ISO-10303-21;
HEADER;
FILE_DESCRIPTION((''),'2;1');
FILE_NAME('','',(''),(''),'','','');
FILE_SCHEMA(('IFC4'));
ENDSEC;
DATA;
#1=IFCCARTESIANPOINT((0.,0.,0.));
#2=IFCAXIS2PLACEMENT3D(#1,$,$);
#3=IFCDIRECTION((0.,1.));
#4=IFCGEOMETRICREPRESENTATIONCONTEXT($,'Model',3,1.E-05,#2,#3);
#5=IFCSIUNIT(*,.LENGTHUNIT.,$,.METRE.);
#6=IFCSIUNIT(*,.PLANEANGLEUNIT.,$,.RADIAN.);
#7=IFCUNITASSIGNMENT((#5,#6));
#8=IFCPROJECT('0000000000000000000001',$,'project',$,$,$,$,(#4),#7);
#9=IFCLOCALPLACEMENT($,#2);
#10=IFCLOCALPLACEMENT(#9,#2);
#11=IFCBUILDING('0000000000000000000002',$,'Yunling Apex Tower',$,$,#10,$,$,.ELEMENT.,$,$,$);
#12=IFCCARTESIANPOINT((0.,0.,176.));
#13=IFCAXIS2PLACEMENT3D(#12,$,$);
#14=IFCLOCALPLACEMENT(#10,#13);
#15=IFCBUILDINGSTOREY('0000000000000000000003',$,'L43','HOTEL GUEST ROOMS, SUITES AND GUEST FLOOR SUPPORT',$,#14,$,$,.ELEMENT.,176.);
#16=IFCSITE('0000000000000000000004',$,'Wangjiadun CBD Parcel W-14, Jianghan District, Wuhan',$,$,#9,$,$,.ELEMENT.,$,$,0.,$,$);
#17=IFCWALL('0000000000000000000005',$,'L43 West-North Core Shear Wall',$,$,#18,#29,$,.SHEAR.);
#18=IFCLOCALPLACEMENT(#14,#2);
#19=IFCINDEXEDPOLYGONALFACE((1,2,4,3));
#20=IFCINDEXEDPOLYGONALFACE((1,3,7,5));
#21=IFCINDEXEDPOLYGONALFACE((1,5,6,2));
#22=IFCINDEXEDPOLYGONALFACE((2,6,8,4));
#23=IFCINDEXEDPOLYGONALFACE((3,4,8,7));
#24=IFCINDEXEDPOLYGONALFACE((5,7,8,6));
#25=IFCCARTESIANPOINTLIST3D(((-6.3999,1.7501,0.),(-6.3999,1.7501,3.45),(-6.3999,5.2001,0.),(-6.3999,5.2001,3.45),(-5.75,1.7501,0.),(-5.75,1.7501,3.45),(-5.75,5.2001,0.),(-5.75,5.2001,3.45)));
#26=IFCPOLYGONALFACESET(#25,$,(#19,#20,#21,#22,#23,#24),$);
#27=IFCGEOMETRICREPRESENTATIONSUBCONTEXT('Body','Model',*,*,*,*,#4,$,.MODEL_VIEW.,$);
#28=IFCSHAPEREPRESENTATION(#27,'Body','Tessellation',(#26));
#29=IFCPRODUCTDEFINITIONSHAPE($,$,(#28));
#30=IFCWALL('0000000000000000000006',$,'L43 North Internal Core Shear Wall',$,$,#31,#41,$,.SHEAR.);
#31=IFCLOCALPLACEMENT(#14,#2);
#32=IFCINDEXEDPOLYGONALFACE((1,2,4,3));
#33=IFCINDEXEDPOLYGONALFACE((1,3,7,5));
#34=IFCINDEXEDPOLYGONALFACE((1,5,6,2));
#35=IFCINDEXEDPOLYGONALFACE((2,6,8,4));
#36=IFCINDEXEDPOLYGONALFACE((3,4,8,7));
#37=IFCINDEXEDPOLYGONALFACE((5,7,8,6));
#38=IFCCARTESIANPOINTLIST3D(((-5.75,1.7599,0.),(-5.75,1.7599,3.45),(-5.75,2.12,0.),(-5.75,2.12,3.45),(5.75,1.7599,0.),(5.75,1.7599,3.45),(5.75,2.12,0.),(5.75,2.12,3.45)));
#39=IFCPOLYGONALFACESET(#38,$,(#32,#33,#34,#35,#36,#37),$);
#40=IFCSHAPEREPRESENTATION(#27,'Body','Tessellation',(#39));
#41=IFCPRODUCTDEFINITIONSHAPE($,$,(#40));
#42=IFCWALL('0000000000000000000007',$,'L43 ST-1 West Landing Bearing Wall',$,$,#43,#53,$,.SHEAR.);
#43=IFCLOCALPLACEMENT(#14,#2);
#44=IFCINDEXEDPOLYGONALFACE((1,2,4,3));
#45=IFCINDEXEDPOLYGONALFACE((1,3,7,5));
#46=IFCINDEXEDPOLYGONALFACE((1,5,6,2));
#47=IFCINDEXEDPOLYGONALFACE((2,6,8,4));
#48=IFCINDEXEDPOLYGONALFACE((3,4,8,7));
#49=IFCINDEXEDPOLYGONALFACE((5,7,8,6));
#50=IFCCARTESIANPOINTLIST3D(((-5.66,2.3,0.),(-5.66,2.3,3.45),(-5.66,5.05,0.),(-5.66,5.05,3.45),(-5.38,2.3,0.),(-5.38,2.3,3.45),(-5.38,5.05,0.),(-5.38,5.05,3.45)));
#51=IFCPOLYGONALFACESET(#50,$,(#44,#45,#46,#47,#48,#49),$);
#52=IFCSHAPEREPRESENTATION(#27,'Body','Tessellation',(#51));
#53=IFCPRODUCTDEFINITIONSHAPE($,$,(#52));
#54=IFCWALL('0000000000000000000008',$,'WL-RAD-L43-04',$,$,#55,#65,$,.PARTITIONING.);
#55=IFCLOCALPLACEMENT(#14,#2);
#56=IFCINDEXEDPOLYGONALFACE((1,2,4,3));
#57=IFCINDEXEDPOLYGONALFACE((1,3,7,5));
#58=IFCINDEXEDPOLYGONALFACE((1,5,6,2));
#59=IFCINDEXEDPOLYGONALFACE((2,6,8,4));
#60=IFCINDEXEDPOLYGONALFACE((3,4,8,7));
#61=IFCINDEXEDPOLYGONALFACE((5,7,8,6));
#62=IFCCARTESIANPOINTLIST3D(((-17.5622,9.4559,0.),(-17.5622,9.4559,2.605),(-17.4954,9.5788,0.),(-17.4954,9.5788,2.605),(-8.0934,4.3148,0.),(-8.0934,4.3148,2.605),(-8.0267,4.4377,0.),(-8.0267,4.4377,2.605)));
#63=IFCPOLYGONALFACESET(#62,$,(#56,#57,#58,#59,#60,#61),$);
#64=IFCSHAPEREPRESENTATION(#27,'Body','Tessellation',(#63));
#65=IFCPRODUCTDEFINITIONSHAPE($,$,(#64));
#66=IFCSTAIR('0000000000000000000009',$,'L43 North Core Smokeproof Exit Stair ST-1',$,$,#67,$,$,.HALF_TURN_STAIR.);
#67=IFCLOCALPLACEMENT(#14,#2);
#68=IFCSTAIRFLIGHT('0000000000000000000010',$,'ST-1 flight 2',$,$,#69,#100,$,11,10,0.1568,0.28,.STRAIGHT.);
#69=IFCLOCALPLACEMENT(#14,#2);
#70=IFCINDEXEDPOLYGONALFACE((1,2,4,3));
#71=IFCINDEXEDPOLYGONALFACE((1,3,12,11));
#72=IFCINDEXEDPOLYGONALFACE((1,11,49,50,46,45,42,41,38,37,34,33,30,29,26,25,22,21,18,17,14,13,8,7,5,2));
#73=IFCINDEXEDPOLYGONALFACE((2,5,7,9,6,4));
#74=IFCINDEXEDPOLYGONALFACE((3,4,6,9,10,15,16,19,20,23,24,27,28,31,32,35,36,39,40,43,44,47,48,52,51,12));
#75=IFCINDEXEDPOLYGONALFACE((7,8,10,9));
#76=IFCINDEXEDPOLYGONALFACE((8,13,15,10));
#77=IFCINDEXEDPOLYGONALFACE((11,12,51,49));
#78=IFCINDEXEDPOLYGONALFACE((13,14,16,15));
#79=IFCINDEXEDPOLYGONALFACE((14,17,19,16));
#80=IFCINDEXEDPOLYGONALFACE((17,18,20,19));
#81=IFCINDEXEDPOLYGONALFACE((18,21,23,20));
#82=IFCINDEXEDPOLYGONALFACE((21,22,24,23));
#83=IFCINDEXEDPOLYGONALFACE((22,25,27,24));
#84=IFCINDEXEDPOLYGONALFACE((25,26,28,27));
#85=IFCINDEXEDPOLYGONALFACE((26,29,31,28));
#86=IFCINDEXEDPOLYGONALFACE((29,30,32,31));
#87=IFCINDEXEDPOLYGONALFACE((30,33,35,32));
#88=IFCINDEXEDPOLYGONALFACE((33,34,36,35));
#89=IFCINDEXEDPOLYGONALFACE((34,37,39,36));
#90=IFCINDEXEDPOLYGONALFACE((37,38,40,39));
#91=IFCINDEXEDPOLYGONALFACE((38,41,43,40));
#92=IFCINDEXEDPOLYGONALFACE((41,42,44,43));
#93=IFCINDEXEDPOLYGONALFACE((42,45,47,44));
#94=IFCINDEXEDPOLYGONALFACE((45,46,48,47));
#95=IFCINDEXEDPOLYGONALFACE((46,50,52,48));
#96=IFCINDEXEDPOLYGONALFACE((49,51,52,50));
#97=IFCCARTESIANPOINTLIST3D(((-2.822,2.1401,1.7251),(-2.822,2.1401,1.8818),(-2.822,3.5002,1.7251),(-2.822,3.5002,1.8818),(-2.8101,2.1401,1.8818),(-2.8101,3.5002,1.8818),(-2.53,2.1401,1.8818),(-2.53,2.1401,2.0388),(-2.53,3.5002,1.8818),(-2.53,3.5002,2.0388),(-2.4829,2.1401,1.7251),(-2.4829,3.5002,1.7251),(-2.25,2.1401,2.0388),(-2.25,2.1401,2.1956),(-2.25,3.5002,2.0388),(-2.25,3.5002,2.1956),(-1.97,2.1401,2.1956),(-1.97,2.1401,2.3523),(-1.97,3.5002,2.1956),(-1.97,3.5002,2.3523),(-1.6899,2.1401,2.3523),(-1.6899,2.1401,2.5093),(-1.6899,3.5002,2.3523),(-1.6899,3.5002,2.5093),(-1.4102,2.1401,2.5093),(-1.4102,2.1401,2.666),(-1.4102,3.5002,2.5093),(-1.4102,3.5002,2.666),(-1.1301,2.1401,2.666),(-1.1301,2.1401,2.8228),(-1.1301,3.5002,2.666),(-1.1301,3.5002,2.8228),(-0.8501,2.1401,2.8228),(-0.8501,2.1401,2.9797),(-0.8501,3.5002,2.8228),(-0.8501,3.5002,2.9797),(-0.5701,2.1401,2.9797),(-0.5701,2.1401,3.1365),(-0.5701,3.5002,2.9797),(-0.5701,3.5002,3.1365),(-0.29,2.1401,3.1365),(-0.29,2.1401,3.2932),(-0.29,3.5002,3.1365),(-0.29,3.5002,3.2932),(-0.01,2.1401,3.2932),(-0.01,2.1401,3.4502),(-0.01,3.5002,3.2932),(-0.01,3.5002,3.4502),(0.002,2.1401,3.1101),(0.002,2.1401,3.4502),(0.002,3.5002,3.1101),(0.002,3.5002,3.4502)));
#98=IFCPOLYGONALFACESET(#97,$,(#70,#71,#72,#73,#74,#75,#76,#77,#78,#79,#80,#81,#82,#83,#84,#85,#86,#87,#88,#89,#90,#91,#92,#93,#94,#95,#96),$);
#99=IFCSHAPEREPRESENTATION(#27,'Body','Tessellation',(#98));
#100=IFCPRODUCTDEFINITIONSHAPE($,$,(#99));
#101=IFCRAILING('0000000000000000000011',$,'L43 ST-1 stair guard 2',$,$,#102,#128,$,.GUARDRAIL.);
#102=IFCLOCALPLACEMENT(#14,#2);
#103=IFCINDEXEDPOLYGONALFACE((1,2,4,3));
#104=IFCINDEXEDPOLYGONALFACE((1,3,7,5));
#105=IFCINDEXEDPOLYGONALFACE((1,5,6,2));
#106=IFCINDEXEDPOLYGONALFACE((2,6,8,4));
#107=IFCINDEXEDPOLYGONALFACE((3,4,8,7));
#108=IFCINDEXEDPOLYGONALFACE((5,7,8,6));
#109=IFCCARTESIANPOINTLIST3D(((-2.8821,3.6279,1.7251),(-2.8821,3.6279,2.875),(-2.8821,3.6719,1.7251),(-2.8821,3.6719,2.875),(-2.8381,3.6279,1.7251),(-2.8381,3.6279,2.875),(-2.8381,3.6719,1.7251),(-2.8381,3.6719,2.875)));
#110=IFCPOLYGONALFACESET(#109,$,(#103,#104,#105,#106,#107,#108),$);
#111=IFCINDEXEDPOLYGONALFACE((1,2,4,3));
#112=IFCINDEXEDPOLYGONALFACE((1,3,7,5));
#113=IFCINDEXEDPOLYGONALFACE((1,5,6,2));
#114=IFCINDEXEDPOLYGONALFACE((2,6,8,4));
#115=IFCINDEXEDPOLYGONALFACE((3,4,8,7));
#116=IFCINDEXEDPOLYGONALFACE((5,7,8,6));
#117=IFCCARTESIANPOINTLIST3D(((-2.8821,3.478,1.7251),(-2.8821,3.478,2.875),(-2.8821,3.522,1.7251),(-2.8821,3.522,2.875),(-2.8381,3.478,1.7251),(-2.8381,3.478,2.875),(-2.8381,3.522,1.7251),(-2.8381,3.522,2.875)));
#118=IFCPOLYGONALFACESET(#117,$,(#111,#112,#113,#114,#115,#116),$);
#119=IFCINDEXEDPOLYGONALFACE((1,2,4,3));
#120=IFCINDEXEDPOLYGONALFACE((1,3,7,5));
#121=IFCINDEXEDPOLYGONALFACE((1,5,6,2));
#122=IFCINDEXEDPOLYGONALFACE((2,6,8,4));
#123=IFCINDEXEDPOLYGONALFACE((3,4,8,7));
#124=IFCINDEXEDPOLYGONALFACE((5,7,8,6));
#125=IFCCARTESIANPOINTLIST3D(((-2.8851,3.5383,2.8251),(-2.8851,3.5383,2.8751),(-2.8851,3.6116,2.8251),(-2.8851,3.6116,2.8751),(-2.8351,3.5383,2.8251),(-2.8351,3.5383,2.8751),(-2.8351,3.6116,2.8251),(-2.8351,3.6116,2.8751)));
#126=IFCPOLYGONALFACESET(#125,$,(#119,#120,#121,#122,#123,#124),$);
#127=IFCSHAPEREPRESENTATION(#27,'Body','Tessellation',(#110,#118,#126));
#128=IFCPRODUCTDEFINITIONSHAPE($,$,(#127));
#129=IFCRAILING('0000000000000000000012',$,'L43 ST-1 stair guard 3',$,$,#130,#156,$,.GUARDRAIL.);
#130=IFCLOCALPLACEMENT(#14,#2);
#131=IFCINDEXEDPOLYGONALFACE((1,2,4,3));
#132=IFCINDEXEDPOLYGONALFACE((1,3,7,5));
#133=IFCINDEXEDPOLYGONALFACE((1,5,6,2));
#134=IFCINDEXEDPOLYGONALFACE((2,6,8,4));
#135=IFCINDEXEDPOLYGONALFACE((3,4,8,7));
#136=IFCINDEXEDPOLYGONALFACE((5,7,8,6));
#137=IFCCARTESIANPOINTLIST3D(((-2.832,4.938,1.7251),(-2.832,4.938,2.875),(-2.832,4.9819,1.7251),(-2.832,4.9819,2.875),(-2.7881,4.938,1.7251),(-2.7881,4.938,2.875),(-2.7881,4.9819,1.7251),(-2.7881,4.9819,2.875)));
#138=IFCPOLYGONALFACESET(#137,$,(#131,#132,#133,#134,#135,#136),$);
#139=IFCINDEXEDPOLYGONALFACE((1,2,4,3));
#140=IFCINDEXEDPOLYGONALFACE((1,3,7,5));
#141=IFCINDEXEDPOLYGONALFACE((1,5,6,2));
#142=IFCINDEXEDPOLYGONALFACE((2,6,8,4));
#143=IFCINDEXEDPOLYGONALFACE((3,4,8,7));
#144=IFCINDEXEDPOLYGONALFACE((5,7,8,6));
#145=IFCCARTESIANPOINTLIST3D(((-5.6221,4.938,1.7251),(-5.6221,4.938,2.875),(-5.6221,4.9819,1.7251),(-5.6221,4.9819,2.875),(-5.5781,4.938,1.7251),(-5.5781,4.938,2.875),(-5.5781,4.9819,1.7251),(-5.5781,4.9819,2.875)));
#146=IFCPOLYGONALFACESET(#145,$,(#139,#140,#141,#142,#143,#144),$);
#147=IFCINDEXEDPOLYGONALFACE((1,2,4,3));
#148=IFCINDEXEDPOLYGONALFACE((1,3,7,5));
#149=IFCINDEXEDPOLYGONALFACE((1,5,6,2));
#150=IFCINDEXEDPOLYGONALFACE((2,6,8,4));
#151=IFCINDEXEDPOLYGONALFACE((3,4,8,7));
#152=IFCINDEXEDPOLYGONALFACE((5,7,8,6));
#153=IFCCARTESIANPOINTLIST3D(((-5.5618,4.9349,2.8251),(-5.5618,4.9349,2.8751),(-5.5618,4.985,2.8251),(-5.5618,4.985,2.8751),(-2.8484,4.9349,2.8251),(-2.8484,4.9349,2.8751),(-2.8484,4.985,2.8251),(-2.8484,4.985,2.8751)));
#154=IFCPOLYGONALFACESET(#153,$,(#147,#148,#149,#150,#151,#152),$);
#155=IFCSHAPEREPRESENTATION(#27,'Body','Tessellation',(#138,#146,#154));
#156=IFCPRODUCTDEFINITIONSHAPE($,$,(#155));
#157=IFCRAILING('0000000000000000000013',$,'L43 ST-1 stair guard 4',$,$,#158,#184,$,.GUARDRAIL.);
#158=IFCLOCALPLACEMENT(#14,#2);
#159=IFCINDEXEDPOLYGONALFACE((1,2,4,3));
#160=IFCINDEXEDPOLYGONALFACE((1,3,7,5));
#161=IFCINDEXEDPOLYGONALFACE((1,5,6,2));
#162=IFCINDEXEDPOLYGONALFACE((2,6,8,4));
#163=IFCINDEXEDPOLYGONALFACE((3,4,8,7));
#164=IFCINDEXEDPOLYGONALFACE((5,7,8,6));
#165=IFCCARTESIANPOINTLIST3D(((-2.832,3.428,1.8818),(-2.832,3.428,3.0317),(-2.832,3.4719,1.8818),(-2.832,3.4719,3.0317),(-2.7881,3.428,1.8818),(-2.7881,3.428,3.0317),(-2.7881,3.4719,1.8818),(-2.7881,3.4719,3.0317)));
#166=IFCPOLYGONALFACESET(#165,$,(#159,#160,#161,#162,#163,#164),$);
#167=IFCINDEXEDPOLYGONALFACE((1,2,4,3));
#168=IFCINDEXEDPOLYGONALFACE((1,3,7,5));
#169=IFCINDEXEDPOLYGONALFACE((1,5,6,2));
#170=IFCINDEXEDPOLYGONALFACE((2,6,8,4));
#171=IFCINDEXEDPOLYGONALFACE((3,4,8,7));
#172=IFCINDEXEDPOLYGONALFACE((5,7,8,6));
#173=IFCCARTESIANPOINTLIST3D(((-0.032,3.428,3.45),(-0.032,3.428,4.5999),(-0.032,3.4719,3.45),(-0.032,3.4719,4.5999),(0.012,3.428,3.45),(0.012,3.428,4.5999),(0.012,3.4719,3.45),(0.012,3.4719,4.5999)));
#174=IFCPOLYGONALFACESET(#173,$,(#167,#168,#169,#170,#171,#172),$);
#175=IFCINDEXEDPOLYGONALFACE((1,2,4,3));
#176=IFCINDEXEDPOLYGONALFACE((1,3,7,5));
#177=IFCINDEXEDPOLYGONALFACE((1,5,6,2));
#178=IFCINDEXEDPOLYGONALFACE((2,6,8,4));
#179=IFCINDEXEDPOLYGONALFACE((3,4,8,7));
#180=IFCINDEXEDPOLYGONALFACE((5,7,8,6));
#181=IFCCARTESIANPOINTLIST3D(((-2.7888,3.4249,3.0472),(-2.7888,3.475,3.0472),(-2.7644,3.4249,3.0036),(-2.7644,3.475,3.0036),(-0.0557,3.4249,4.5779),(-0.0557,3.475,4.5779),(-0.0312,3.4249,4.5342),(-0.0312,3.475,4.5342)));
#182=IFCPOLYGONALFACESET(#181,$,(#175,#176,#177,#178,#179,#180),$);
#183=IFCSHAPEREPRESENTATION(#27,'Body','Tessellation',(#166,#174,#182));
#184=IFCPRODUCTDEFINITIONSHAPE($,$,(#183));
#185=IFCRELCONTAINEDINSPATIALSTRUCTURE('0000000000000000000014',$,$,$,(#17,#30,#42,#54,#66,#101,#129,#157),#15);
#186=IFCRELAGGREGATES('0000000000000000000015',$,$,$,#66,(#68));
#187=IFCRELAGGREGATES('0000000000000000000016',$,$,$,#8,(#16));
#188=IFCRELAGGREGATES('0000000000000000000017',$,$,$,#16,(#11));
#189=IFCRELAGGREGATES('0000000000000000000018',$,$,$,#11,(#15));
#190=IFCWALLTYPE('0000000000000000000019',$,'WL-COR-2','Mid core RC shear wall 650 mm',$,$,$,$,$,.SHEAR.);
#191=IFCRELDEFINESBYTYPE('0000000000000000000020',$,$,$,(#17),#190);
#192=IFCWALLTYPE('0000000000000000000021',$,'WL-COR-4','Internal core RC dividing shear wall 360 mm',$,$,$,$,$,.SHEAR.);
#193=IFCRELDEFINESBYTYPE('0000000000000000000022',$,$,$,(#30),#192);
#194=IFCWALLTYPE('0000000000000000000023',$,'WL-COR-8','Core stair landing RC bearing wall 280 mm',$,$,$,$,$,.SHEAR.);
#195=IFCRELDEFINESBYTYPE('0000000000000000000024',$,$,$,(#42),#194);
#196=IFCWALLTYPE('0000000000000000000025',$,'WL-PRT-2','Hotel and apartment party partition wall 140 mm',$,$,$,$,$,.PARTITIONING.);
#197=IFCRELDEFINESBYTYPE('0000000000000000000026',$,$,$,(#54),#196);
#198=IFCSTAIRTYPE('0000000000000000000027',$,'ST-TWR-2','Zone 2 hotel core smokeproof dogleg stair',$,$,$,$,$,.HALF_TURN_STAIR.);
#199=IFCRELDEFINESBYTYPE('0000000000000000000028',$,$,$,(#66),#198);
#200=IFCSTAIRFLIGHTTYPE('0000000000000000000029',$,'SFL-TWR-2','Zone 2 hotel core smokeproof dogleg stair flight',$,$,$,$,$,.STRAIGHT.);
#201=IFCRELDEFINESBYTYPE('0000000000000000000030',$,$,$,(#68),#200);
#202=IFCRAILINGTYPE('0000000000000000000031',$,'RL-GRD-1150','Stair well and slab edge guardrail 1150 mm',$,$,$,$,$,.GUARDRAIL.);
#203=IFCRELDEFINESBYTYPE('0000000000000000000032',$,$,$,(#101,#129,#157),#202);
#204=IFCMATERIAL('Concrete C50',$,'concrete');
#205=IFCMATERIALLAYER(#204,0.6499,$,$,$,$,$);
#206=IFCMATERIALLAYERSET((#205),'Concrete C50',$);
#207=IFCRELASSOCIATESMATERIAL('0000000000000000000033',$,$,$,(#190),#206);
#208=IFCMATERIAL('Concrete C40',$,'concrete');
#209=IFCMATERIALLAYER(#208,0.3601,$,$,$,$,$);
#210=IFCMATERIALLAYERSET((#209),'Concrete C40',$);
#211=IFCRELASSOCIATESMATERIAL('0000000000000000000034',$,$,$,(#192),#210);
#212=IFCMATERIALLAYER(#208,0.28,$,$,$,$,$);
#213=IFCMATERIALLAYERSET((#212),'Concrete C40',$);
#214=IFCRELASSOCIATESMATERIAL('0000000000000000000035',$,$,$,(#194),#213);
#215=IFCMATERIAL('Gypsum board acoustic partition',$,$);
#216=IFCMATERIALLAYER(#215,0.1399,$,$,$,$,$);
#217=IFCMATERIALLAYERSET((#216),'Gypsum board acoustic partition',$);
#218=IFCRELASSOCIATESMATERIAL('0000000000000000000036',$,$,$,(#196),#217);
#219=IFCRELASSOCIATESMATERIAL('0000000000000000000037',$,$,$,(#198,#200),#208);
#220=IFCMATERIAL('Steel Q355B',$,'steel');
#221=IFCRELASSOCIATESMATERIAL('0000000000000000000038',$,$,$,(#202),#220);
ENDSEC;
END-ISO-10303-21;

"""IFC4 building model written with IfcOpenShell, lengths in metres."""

from ifc_helpers import new_model, si_unit, direction, frame, frame_2d, origin, origin_2d, place, context, subcontext, project, spatial, polyline, rectangle, outline, extrude, material, layer, layer_set, type_object, element, aggregate, save


model = new_model("IFC4")

# Units and contexts
model_context = context("Model", 3, precision=1e-05, world=origin(), true_north=direction((0.0, 1.0)))
body_context = subcontext(model_context, "Body", "Model", "MODEL_VIEW")
ifc_project = project(units=[si_unit("LENGTHUNIT", "METRE"), si_unit("PLANEANGLEUNIT", "RADIAN")], contexts=[model_context])

# Site, building, storey
site_placement = place(None, origin())
site = spatial("IfcSite", under=ifc_project, at=site_placement, Name="Wangjiadun CBD Parcel W-14, Jianghan District, Wuhan", CompositionType="ELEMENT", RefElevation=0.0)
building_placement = place(site_placement, origin())
building = spatial("IfcBuilding", under=site, at=building_placement, Name="Yunling Apex Tower", CompositionType="ELEMENT")
storey_placement = place(building_placement, frame((0.0, 0.0, 176.0)))
storey = spatial("IfcBuildingStorey", under=building, at=storey_placement, Name="L43", Description="HOTEL GUEST ROOMS, SUITES AND GUEST FLOOR SUPPORT", CompositionType="ELEMENT", Elevation=176.0)

# Shared definitions
ifc_material_1 = material(Name="Concrete C50", Category="concrete")

# Shared definitions
ifc_material_2 = material(Name="Steel Q355B", Category="steel")

# Shared definitions
ifc_layer_1 = layer(ifc_material_1, 0.6499)
ifc_layer_set_1 = layer_set([ifc_layer_1], Name="Concrete C50")
wall_type_1 = type_object("IfcWallType", Name="WL-COR-2", Description="Mid core RC shear wall 650 mm", PredefinedType="SHEAR", material=ifc_layer_set_1)

# Walls
wall_1_placement = place(storey_placement, frame((-6.075, 1.75, 0.0), z_axis=(0.0, 0.0, 1.0), x_axis=(0.0, 1.0, 0.0)))
element("IfcWall", 1, at=wall_1_placement, inside=storey, type_object=wall_type_1, Name="L43 West-North Core Shear Wall", PredefinedType="SHEAR", context=body_context, shape_type="SweptSolid", body=[
    extrude(rectangle(XDim=3.45, YDim=0.6499, at=frame_2d((1.7251, 0.0))), origin(), (0.0, 0.0, 1.0), 3.45),
])
ifc_material_3 = material(Name="Concrete C40", Category="concrete")
ifc_layer_2 = layer(ifc_material_3, 0.3601)
ifc_layer_set_2 = layer_set([ifc_layer_2], Name="Concrete C40")
wall_type_2 = type_object("IfcWallType", Name="WL-COR-4", Description="Internal core RC dividing shear wall 360 mm", PredefinedType="SHEAR", material=ifc_layer_set_2)
wall_2_placement = place(storey_placement, frame((-5.75, 1.9399, 0.0), z_axis=(0.0, 0.0, 1.0), x_axis=(1.0, 0.0, 0.0)))
element("IfcWall", 2, at=wall_2_placement, inside=storey, type_object=wall_type_2, Name="L43 North Internal Core Shear Wall", PredefinedType="SHEAR", context=body_context, shape_type="SweptSolid", body=[
    extrude(rectangle(XDim=11.5, YDim=0.3601, at=frame_2d((5.75, 0.0))), origin(), (0.0, 0.0, 1.0), 3.45),
])
ifc_layer_3 = layer(ifc_material_3, 0.28)
ifc_layer_set_3 = layer_set([ifc_layer_3], Name="Concrete C40")
wall_type_3 = type_object("IfcWallType", Name="WL-COR-8", Description="Core stair landing RC bearing wall 280 mm", PredefinedType="SHEAR", material=ifc_layer_set_3)
wall_3_placement = place(storey_placement, frame((-5.52, 2.3, 0.0), z_axis=(0.0, 0.0, 1.0), x_axis=(0.0, 1.0, 0.0)))
element("IfcWall", 3, at=wall_3_placement, inside=storey, type_object=wall_type_3, Name="L43 ST-1 West Landing Bearing Wall", PredefinedType="SHEAR", context=body_context, shape_type="SweptSolid", body=[
    extrude(rectangle(XDim=2.75, YDim=0.28, at=frame_2d((1.375, 0.0))), origin(), (0.0, 0.0, 1.0), 3.45),
])
ifc_material_4 = material(Name="Gypsum board acoustic partition")
ifc_layer_4 = layer(ifc_material_4, 0.1399)
ifc_layer_set_4 = layer_set([ifc_layer_4], Name="Gypsum board acoustic partition")
wall_type_4 = type_object("IfcWallType", Name="WL-PRT-2", Description="Hotel and apartment party partition wall 140 mm", PredefinedType="PARTITIONING", material=ifc_layer_set_4)
wall_4_placement = place(storey_placement, frame((-8.0601, 4.3762, 0.0), z_axis=(0.0, 0.0, 1.0), x_axis=(-0.878817, 0.477159, 0.0)))
element("IfcWall", 4, at=wall_4_placement, inside=storey, type_object=wall_type_4, Name="WL-RAD-L43-04", PredefinedType="PARTITIONING", context=body_context, shape_type="SweptSolid", body=[
    extrude(rectangle(XDim=10.7744, YDim=0.1399, at=frame_2d((5.3872, 0.0))), origin(), (0.0, 0.0, 1.0), 2.605),
])

# Stair, stair flight
stair_type = type_object("IfcStairType", Name="ST-TWR-2", Description="Zone 2 hotel core smokeproof dogleg stair", PredefinedType="HALF_TURN_STAIR", material=ifc_material_3)
stair_placement = place(storey_placement, origin())
stair = element("IfcStair", 5, at=stair_placement, inside=storey, type_object=stair_type, Name="L43 North Core Smokeproof Exit Stair ST-1", PredefinedType="HALF_TURN_STAIR")
stair_flight_type = type_object("IfcStairFlightType", Name="SFL-TWR-2", Description="Zone 2 hotel core smokeproof dogleg stair flight", PredefinedType="STRAIGHT", material=ifc_material_3)
stair_flight_placement = place(storey_placement, frame((-2.8101, 2.8201, 1.7251), z_axis=(0.0, 0.0, 1.0), x_axis=(1.0, 0.0, 0.0)))
stair_flight = element("IfcStairFlight", 6, at=stair_flight_placement, type_object=stair_flight_type, Name="ST-1 flight 2", NumberOfRisers=11, NumberOfTreads=10, PredefinedType="STRAIGHT", RiserHeight=0.1568, TreadLength=0.28, context=body_context, shape_type="SweptSolid", body=[
    extrude(outline(polyline([(-0.012, 0.0), (-0.012, 0.1567), (0.0, 0.1567), (0.28, 0.1567), (0.28, 0.3137), (0.5601, 0.3137), (0.5601, 0.4705), (0.8401, 0.4705), (0.8401, 0.6272), (1.1201, 0.6272), (1.1201, 0.7842), (1.3999, 0.7842), (1.3999, 0.9409), (1.6799, 0.9409), (1.6799, 1.0977), (1.96, 1.0977), (1.96, 1.2546), (2.24, 1.2546), (2.24, 1.4114), (2.52, 1.4114), (2.52, 1.5681), (2.8, 1.5681), (2.8, 1.7251), (2.812, 1.7251), (2.812, 1.385), (0.3271, 0.0), (-0.012, 0.0)])), frame((0.0, 0.6802, 0.0), z_axis=(0.0, -1.0, 0.0), x_axis=(1.0, 0.0, 0.0)), (0.0, 0.0, 1.0), 1.3601),
])
aggregate(stair, [stair_flight])

# Railings
railing_type_1 = type_object("IfcRailingType", Name="RL-GRD-1150", Description="Stair well and slab edge guardrail 1150 mm", PredefinedType="GUARDRAIL", material=ifc_material_2)
railing_1_placement = place(storey_placement, frame((-2.8601, 3.6499, 1.7251)))
element("IfcRailing", 7, at=railing_1_placement, inside=storey, type_object=railing_type_1, Name="L43 ST-1 stair guard 2", PredefinedType="GUARDRAIL", context=body_context, shape_type="SweptSolid", body=[
    extrude(rectangle(XDim=0.0439, YDim=0.0439, at=origin_2d()), origin(), (0.0, 0.0, 1.0), 1.1499),
    extrude(rectangle(XDim=0.0439, YDim=0.0439, at=origin_2d()), frame((0.0, -0.1499, 0.0)), (0.0, 0.0, 1.0), 1.1499),
    extrude(rectangle(XDim=0.05, YDim=0.05, at=origin_2d()), frame((0.0, -0.0383, 1.125), z_axis=(0.0, -1.0, 0.0), x_axis=(1.0, 0.0, 0.0)), (0.0, 0.0, 1.0), 0.0732),
])
railing_2_placement = place(storey_placement, frame((-2.8101, 4.96, 1.7251)))
element("IfcRailing", 8, at=railing_2_placement, inside=storey, type_object=railing_type_1, Name="L43 ST-1 stair guard 3", PredefinedType="GUARDRAIL", context=body_context, shape_type="SweptSolid", body=[
    extrude(rectangle(XDim=0.0439, YDim=0.0439, at=origin_2d()), origin(), (0.0, 0.0, 1.0), 1.1499),
    extrude(rectangle(XDim=0.0439, YDim=0.0439, at=origin_2d()), frame((-2.79, 0.0, 0.0)), (0.0, 0.0, 1.0), 1.1499),
    extrude(rectangle(XDim=0.05, YDim=0.05, at=origin_2d()), frame((-0.0383, 0.0, 1.125), z_axis=(-1.0, 0.0, 0.0), x_axis=(0.0, -1.0, 0.0)), (0.0, 0.0, 1.0), 2.7134),
])
railing_3_placement = place(storey_placement, frame((-2.8101, 3.45, 1.8818)))
element("IfcRailing", 9, at=railing_3_placement, inside=storey, type_object=railing_type_1, Name="L43 ST-1 stair guard 4", PredefinedType="GUARDRAIL", context=body_context, shape_type="SweptSolid", body=[
    extrude(rectangle(XDim=0.0439, YDim=0.0439, at=origin_2d()), origin(), (0.0, 0.0, 1.0), 1.1499),
    extrude(rectangle(XDim=0.0439, YDim=0.0439, at=origin_2d()), frame((2.8, 0.0, 1.5681)), (0.0, 0.0, 1.0), 1.1499),
    extrude(rectangle(XDim=0.05, YDim=0.05, at=origin_2d()), frame((0.0334, 0.0, 1.1436), z_axis=(0.872494, 0.0, 0.488624), x_axis=(0.0, 1.0, 0.0)), (0.0, 0.0, 1.0), 3.1326),
])

save(model, "model.ifc")
